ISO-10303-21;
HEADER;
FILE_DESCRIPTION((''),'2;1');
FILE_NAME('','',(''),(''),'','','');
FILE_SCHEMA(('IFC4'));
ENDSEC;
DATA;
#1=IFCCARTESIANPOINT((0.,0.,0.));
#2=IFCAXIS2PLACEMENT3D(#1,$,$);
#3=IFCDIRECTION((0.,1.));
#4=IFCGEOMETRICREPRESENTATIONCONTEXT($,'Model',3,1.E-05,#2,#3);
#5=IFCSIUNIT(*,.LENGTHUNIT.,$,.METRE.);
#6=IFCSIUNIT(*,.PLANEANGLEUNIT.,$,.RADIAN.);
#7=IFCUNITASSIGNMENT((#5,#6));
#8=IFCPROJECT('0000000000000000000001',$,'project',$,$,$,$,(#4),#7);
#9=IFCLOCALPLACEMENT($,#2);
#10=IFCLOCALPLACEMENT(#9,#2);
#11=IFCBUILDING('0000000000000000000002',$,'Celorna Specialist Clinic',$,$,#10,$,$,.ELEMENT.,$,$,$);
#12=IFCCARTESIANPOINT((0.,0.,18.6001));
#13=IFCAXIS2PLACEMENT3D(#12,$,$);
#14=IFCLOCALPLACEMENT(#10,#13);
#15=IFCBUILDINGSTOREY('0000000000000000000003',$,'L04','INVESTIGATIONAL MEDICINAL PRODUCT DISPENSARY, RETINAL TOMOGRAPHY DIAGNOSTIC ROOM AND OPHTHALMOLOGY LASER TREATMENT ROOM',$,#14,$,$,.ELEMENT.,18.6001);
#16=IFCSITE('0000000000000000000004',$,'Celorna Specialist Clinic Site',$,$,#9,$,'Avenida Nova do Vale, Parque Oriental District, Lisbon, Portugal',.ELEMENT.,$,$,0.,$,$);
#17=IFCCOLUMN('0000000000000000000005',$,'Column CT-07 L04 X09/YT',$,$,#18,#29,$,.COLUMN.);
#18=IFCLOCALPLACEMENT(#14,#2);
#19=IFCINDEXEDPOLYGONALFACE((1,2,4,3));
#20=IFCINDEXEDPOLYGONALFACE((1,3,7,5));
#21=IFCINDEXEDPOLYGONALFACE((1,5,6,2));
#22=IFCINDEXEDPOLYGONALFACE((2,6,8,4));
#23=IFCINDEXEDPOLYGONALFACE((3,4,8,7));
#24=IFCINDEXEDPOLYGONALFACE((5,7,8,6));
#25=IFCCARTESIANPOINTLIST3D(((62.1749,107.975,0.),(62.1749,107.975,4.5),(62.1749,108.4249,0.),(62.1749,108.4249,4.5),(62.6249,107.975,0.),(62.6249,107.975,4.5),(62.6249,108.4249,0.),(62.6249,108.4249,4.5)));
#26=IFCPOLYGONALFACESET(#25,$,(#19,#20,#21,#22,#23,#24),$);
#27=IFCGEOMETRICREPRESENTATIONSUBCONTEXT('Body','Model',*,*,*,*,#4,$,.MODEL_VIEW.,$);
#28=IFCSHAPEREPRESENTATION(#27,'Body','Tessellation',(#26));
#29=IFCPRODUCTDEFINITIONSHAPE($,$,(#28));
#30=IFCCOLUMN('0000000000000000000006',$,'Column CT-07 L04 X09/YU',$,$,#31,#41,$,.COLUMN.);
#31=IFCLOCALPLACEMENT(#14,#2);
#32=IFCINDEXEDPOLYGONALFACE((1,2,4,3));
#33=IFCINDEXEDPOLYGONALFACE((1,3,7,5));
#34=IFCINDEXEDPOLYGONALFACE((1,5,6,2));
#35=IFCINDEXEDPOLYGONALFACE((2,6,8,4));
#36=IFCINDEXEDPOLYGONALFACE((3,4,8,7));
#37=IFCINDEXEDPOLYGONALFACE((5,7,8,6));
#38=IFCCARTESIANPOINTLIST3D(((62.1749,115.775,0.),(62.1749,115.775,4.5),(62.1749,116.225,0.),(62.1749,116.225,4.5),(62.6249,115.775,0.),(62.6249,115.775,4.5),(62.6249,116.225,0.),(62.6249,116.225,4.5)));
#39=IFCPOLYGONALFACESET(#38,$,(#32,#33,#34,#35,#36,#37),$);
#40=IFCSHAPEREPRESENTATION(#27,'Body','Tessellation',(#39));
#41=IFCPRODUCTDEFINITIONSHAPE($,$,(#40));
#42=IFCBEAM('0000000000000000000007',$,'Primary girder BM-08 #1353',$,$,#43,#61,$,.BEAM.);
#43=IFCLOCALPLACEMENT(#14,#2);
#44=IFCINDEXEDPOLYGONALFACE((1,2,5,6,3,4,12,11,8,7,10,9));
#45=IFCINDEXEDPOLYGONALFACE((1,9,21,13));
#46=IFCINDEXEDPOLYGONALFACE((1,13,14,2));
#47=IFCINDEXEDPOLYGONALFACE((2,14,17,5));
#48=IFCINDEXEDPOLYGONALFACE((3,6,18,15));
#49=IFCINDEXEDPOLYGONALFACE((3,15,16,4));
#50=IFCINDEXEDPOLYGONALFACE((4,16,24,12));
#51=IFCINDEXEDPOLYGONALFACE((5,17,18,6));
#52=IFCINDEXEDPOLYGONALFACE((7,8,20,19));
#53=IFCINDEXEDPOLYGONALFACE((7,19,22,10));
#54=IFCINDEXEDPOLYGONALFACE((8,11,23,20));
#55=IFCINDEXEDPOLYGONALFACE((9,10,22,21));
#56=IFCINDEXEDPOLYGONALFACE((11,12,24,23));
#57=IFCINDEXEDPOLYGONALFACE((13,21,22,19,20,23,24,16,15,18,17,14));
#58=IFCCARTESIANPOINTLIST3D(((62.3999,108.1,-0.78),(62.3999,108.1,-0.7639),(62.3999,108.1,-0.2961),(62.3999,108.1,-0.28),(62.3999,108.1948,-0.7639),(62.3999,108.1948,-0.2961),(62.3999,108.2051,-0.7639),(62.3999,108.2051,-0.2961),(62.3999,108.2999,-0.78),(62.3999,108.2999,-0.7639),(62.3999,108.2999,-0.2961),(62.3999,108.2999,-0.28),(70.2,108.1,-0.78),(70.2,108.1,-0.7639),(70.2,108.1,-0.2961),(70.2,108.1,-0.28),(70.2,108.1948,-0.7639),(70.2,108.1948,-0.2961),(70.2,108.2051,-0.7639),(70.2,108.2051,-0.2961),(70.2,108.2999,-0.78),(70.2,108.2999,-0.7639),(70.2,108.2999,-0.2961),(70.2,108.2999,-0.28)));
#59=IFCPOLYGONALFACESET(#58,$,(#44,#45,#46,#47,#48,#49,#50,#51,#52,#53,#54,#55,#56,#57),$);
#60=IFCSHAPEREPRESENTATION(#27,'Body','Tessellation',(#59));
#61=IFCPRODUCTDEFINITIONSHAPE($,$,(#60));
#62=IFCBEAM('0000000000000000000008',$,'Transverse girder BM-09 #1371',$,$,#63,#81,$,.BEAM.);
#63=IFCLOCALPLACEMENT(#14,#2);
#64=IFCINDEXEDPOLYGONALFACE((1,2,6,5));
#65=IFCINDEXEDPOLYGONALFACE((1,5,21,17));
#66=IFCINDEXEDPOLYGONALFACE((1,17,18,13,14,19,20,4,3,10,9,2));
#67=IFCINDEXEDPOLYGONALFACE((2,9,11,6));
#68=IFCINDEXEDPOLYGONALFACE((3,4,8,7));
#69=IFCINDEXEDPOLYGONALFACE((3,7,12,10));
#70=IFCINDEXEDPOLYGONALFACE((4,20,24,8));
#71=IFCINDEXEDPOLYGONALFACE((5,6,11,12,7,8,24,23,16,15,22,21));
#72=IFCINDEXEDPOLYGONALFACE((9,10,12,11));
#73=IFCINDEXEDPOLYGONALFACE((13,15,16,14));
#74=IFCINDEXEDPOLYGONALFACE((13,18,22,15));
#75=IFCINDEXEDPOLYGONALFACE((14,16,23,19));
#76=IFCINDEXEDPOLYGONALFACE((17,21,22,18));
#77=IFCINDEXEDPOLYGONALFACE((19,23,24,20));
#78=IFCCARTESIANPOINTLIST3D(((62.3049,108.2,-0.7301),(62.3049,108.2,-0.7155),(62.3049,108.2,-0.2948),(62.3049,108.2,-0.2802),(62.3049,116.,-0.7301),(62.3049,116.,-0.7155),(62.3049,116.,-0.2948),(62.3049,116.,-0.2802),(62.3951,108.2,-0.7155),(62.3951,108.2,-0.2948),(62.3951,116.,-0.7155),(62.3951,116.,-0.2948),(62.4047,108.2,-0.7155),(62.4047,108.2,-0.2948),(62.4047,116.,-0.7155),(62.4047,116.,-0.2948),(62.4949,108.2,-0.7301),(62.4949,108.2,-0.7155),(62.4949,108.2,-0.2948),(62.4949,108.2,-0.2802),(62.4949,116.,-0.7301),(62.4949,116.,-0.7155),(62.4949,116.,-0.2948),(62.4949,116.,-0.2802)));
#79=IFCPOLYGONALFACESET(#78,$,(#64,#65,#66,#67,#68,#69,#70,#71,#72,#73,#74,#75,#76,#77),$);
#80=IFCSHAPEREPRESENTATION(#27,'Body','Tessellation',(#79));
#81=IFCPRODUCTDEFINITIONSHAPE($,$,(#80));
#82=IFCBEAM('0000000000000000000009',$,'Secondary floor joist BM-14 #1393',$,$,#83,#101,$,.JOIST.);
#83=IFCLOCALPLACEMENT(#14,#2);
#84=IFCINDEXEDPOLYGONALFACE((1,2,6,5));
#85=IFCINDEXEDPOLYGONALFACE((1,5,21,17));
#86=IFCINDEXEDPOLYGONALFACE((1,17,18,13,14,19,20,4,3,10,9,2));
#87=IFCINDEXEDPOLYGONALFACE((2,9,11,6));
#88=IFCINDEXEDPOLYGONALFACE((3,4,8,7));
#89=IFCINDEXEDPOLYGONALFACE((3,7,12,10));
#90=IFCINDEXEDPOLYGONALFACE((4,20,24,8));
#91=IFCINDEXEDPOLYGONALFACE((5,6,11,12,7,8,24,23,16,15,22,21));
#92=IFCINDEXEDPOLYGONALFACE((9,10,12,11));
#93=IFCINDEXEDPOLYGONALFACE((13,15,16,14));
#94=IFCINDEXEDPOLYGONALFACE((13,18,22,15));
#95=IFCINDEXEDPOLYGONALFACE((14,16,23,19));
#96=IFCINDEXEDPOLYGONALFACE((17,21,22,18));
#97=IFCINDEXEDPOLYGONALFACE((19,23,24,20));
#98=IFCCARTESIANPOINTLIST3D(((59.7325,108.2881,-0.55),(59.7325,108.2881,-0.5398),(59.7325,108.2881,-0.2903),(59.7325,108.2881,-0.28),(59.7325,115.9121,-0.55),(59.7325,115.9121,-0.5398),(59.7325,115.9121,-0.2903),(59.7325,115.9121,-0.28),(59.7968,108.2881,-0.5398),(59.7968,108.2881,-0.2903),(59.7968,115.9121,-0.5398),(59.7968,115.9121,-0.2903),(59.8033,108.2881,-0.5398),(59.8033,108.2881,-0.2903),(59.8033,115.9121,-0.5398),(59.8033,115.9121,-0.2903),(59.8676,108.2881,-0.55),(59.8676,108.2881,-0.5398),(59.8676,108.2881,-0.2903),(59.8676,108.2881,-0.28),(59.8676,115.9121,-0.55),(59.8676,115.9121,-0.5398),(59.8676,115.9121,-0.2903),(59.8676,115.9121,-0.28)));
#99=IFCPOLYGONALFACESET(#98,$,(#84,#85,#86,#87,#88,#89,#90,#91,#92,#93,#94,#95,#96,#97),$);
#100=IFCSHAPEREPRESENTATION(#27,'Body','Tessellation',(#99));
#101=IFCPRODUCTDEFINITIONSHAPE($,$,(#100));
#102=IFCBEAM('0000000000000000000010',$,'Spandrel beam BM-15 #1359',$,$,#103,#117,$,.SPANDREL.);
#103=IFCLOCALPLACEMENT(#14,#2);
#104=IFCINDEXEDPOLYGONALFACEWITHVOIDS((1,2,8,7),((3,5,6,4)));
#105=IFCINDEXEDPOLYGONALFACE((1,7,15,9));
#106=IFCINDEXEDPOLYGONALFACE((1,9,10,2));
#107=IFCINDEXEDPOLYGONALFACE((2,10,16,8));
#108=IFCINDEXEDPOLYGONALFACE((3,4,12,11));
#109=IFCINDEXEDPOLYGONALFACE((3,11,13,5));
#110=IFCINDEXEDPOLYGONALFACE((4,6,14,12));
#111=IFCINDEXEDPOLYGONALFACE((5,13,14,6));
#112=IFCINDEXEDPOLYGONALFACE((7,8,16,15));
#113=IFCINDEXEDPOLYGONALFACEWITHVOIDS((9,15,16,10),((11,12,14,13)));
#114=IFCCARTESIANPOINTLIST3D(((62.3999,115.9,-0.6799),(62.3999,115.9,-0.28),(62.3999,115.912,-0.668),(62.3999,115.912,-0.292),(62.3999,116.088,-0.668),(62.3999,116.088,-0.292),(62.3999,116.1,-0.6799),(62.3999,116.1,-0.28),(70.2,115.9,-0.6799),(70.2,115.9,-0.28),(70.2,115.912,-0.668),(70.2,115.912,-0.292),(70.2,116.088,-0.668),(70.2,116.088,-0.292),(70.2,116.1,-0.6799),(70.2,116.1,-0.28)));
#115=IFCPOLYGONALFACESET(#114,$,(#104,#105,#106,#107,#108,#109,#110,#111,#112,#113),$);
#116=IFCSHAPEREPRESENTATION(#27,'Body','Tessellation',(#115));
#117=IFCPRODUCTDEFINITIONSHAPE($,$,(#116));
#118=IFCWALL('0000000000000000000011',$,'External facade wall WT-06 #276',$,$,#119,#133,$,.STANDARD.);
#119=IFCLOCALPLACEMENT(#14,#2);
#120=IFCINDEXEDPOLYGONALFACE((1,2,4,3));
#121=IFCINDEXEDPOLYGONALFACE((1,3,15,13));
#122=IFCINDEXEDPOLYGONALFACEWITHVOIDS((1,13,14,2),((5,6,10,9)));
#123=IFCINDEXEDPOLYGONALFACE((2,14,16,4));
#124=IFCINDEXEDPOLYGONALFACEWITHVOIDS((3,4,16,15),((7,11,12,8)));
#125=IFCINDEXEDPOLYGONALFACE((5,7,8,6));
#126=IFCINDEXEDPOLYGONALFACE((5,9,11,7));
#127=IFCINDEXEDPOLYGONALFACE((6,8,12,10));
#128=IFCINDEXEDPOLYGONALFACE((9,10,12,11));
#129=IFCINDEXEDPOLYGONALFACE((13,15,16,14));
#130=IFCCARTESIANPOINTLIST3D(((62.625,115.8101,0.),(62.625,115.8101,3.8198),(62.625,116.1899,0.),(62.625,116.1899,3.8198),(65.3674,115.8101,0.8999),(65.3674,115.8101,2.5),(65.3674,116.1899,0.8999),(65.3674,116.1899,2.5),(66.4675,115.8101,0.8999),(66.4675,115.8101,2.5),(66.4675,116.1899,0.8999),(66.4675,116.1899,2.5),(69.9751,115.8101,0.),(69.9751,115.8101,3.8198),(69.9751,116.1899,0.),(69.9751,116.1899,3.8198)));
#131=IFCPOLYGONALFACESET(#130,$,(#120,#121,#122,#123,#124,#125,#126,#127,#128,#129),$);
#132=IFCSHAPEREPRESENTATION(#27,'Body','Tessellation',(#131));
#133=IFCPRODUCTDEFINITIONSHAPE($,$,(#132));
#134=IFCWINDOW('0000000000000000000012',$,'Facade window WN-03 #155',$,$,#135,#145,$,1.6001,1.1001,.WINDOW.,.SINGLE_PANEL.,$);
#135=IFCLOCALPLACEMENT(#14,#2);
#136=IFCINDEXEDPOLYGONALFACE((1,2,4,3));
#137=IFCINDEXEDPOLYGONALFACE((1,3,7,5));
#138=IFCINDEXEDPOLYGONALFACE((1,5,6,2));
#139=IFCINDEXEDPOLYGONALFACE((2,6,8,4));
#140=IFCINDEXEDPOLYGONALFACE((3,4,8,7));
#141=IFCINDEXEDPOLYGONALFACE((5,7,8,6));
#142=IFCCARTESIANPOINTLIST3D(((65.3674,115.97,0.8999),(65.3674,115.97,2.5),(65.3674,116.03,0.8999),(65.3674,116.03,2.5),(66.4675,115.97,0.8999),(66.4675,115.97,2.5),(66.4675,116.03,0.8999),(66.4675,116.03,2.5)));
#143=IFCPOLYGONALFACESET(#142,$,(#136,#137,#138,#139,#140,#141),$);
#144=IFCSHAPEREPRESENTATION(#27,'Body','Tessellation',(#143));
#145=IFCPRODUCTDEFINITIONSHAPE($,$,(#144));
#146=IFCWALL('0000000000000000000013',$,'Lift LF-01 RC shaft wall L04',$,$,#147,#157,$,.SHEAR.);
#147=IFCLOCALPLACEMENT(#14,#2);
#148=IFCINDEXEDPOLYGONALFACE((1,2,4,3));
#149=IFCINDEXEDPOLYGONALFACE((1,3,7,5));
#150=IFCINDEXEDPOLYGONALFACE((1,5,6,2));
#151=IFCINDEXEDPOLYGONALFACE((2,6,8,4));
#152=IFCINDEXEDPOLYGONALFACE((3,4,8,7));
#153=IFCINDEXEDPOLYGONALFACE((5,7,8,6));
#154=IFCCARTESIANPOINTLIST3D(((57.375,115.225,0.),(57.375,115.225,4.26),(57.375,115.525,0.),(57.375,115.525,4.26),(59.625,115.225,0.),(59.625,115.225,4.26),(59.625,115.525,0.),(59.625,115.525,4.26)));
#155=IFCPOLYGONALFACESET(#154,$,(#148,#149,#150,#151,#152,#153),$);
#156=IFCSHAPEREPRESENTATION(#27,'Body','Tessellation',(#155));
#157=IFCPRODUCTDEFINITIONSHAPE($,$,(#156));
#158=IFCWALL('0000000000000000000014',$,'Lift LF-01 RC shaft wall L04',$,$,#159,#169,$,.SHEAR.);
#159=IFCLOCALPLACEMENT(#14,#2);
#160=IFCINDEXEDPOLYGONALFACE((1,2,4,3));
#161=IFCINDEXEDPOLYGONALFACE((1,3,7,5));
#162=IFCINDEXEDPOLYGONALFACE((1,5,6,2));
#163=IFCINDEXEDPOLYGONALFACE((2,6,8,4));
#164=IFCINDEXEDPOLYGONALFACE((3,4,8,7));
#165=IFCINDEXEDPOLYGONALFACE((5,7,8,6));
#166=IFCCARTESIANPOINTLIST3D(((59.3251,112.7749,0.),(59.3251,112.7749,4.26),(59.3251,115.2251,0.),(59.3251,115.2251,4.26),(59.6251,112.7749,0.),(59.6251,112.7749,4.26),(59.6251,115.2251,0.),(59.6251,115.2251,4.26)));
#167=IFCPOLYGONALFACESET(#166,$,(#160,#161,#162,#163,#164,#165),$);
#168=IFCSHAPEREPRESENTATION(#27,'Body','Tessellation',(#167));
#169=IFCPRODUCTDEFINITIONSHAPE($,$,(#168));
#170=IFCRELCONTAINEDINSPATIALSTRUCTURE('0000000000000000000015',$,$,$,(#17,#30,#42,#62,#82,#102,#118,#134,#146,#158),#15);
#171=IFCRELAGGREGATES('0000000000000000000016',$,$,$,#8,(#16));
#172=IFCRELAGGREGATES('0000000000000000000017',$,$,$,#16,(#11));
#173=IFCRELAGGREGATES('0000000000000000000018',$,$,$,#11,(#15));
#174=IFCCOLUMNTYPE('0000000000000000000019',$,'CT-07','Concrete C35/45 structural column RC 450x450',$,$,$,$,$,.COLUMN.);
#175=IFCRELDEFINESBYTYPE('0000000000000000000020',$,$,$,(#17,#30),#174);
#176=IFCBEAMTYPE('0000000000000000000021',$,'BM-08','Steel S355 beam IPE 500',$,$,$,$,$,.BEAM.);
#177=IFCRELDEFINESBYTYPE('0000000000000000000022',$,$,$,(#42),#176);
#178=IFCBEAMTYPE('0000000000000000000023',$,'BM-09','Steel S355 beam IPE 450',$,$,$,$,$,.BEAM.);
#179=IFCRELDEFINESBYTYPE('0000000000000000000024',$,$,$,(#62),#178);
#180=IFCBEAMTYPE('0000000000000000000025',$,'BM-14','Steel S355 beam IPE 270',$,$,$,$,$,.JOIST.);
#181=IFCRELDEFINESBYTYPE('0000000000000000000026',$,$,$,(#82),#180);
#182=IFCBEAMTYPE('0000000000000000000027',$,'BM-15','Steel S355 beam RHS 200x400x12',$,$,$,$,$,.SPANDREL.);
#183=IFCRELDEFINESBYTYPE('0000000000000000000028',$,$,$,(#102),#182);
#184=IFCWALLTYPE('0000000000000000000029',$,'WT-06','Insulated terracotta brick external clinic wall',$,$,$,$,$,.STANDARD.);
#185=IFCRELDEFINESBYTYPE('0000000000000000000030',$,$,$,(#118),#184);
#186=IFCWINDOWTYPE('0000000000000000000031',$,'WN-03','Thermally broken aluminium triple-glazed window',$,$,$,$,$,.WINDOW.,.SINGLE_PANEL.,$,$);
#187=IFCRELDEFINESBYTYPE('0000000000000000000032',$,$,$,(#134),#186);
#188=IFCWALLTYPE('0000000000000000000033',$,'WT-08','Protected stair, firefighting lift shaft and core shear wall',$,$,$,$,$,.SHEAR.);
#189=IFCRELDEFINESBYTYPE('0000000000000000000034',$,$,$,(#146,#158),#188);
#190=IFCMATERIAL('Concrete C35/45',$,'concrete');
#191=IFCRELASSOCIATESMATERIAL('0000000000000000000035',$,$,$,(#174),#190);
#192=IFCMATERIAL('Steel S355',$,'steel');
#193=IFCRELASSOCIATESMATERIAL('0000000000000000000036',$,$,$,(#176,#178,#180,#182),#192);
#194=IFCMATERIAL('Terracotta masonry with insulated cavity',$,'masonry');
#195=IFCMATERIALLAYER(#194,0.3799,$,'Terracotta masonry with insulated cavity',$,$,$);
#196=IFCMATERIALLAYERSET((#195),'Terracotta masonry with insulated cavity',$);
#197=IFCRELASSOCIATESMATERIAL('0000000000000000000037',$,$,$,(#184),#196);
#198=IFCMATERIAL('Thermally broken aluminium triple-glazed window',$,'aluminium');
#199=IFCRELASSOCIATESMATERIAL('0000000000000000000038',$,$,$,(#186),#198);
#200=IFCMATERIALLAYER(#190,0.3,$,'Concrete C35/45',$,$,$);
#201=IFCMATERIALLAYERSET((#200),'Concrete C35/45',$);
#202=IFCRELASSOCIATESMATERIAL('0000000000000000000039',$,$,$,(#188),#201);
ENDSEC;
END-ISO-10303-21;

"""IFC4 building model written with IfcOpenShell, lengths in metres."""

from ifc_helpers import new_model, si_unit, direction, frame, frame_2d, origin, origin_2d, place, context, subcontext, project, spatial, rectangle, hollow_rectangle, i_section, extrude, material, layer, layer_set, material_profile, profile_set, type_object, element, fill, save


model = new_model("IFC4")

# Units and contexts
model_context = context("Model", 3, precision=1e-05, world=origin(), true_north=direction((0.0, 1.0)))
body_context = subcontext(model_context, "Body", "Model", "MODEL_VIEW")
ifc_project = project(units=[si_unit("LENGTHUNIT", "METRE"), si_unit("PLANEANGLEUNIT", "RADIAN")], contexts=[model_context])

# Site, building, storey
site_placement = place(None, origin())
site = spatial("IfcSite", under=ifc_project, at=site_placement, Name="Celorna Specialist Clinic Site", LongName="Avenida Nova do Vale, Parque Oriental District, Lisbon, Portugal", CompositionType="ELEMENT", RefElevation=0.0)
building_placement = place(site_placement, origin())
building = spatial("IfcBuilding", under=site, at=building_placement, Name="Celorna Specialist Clinic", CompositionType="ELEMENT")
storey_placement = place(building_placement, frame((0.0, 0.0, 18.6001)))
storey = spatial("IfcBuildingStorey", under=building, at=storey_placement, Name="L04", Description="INVESTIGATIONAL MEDICINAL PRODUCT DISPENSARY, RETINAL TOMOGRAPHY DIAGNOSTIC ROOM AND OPHTHALMOLOGY LASER TREATMENT ROOM", CompositionType="ELEMENT", Elevation=18.6001)

# Columns
ifc_material_1 = material(Name="Concrete C35/45", Category="concrete")
ifc_material_profile_1 = material_profile(ifc_material_1, rectangle(XDim=0.45, YDim=0.45, at=origin_2d()), Name="RC 450x450")
ifc_profile_set_1 = profile_set([ifc_material_profile_1], Name="Concrete C35/45")
column_type = type_object("IfcColumnType", Name="CT-07", Description="Concrete C35/45 structural column RC 450x450", PredefinedType="COLUMN", material=ifc_profile_set_1)
for number, where, z_axis, x_axis, name in (
    (1, (62.3999, 108.2, 0.0), (0.0, 0.0, 1.0), (1.0, 0.0, 0.0), "Column CT-07 L04 X09/YT"),
    (2, (62.3999, 116.0, 0.0), (0.0, 0.0, 1.0), (1.0, 0.0, 0.0), "Column CT-07 L04 X09/YU"),
):
    element("IfcColumn", number, at=place(storey_placement, frame(where, z_axis=z_axis, x_axis=x_axis)), inside=storey, type_object=column_type, Name=name, PredefinedType="COLUMN", context=body_context, shape_type="SweptSolid", body=[
        extrude(rectangle(XDim=0.45, YDim=0.45, at=origin_2d()), origin(), (0.0, 0.0, 1.0), 4.5),
    ])

# Beams
ifc_material_2 = material(Name="Steel S355", Category="steel")
ifc_material_profile_2 = material_profile(ifc_material_2, i_section(OverallWidth=0.2, OverallDepth=0.5, WebThickness=0.0103, FlangeThickness=0.0161, at=origin_2d()), Name="IPE 500")
ifc_profile_set_2 = profile_set([ifc_material_profile_2], Name="Steel S355")
beam_type_1 = type_object("IfcBeamType", Name="BM-08", Description="Steel S355 beam IPE 500", PredefinedType="BEAM", material=ifc_profile_set_2)
beam_1_placement = place(storey_placement, frame((62.3999, 108.2, -0.53), z_axis=(1.0, 0.0, 0.0), x_axis=(0.0, 1.0, 0.0)))
element("IfcBeam", 3, at=beam_1_placement, inside=storey, type_object=beam_type_1, Name="Primary girder BM-08 #1353", PredefinedType="BEAM", context=body_context, shape_type="SweptSolid", body=[
    extrude(i_section(OverallWidth=0.2, OverallDepth=0.5, WebThickness=0.0103, FlangeThickness=0.0161, at=origin_2d()), origin(), (0.0, 0.0, 1.0), 7.8),
])
ifc_material_profile_3 = material_profile(ifc_material_2, i_section(OverallWidth=0.1899, OverallDepth=0.45, WebThickness=0.0095, FlangeThickness=0.0146, at=origin_2d()), Name="IPE 450")
ifc_profile_set_3 = profile_set([ifc_material_profile_3], Name="Steel S355")
beam_type_2 = type_object("IfcBeamType", Name="BM-09", Description="Steel S355 beam IPE 450", PredefinedType="BEAM", material=ifc_profile_set_3)
beam_2_placement = place(storey_placement, frame((62.3999, 108.2, -0.5051), z_axis=(0.0, 1.0, 0.0), x_axis=(-1.0, 0.0, 0.0)))
element("IfcBeam", 4, at=beam_2_placement, inside=storey, type_object=beam_type_2, Name="Transverse girder BM-09 #1371", PredefinedType="BEAM", context=body_context, shape_type="SweptSolid", body=[
    extrude(i_section(OverallWidth=0.1899, OverallDepth=0.45, WebThickness=0.0095, FlangeThickness=0.0146, at=origin_2d()), origin(), (0.0, 0.0, 1.0), 7.8),
])
ifc_material_profile_4 = material_profile(ifc_material_2, i_section(OverallWidth=0.135, OverallDepth=0.27, WebThickness=0.0066, FlangeThickness=0.0103, at=origin_2d()), Name="IPE 270")
ifc_profile_set_4 = profile_set([ifc_material_profile_4], Name="Steel S355")
beam_type_3 = type_object("IfcBeamType", Name="BM-14", Description="Steel S355 beam IPE 270", PredefinedType="JOIST", material=ifc_profile_set_4)
beam_3_placement = place(storey_placement, frame((59.8, 108.2881, -0.415), z_axis=(0.0, 1.0, 0.0), x_axis=(-1.0, 0.0, 0.0)))
element("IfcBeam", 5, at=beam_3_placement, inside=storey, type_object=beam_type_3, Name="Secondary floor joist BM-14 #1393", PredefinedType="JOIST", context=body_context, shape_type="SweptSolid", body=[
    extrude(i_section(OverallWidth=0.135, OverallDepth=0.27, WebThickness=0.0066, FlangeThickness=0.0103, at=origin_2d()), origin(), (0.0, 0.0, 1.0), 7.624),
])
ifc_material_profile_5 = material_profile(ifc_material_2, hollow_rectangle(XDim=0.2, YDim=0.3999, WallThickness=0.012, at=origin_2d()), Name="RHS 200x400x12")
ifc_profile_set_5 = profile_set([ifc_material_profile_5], Name="Steel S355")
beam_type_4 = type_object("IfcBeamType", Name="BM-15", Description="Steel S355 beam RHS 200x400x12", PredefinedType="SPANDREL", material=ifc_profile_set_5)
beam_4_placement = place(storey_placement, frame((62.3999, 116.0, -0.48), z_axis=(1.0, 0.0, 0.0), x_axis=(0.0, 1.0, 0.0)))
element("IfcBeam", 6, at=beam_4_placement, inside=storey, type_object=beam_type_4, Name="Spandrel beam BM-15 #1359", PredefinedType="SPANDREL", context=body_context, shape_type="SweptSolid", body=[
    extrude(hollow_rectangle(XDim=0.2, YDim=0.3999, WallThickness=0.012, at=origin_2d()), origin(), (0.0, 0.0, 1.0), 7.8),
])

# Wall, opening, window
ifc_material_3 = material(Name="Terracotta masonry with insulated cavity", Category="masonry")
ifc_layer_1 = layer(ifc_material_3, 0.3799, Name="Terracotta masonry with insulated cavity")
ifc_layer_set_1 = layer_set([ifc_layer_1], Name="Terracotta masonry with insulated cavity")
wall_type_1 = type_object("IfcWallType", Name="WT-06", Description="Insulated terracotta brick external clinic wall", PredefinedType="STANDARD", material=ifc_layer_set_1)
wall_1_placement = place(storey_placement, frame((62.625, 116.0, 0.0), z_axis=(0.0, 0.0, 1.0), x_axis=(1.0, 0.0, 0.0)))
wall_1 = element("IfcWall", 7, at=wall_1_placement, inside=storey, type_object=wall_type_1, Name="External facade wall WT-06 #276", PredefinedType="STANDARD", context=body_context, shape_type="SweptSolid", body=[
    extrude(rectangle(XDim=7.3501, YDim=0.3799, at=frame_2d((3.675, 0.0))), origin(), (0.0, 0.0, 1.0), 3.8198),
])
opening_1_placement = place(wall_1_placement, frame((2.7424, 0.0, 0.8999)))
opening_1 = element("IfcOpeningElement", 8, at=opening_1_placement, cuts=wall_1, PredefinedType="OPENING", context=body_context, shape_type="SweptSolid", body=[
    extrude(rectangle(XDim=1.1001, YDim=1.6001, at=frame_2d((0.55, 0.8))), frame((0.0, 0.2, 0.0), z_axis=(0.0, -1.0, 0.0), x_axis=(1.0, 0.0, 0.0)), (0.0, 0.0, 1.0), 0.3999),
])
ifc_material_4 = material(Name="Thermally broken aluminium triple-glazed window", Category="aluminium")
window_type = type_object("IfcWindowType", Name="WN-03", Description="Thermally broken aluminium triple-glazed window", PartitioningType="SINGLE_PANEL", PredefinedType="WINDOW", material=ifc_material_4)
window_placement = place(opening_1_placement, origin())
window = element("IfcWindow", 9, at=window_placement, inside=storey, type_object=window_type, Name="Facade window WN-03 #155", OverallHeight=1.6001, OverallWidth=1.1001, PartitioningType="SINGLE_PANEL", PredefinedType="WINDOW", context=body_context, shape_type="SweptSolid", body=[
    extrude(rectangle(XDim=1.1001, YDim=1.6001, at=frame_2d((0.55, 0.8))), frame((0.0, 0.03, 0.0), z_axis=(0.0, -1.0, 0.0), x_axis=(1.0, 0.0, 0.0)), (0.0, 0.0, 1.0), 0.0601),
])
fill(opening_1, window)

# Walls
ifc_layer_2 = layer(ifc_material_1, 0.3, Name="Concrete C35/45")
ifc_layer_set_2 = layer_set([ifc_layer_2], Name="Concrete C35/45")
wall_type_2 = type_object("IfcWallType", Name="WT-08", Description="Protected stair, firefighting lift shaft and core shear wall", PredefinedType="SHEAR", material=ifc_layer_set_2)
wall_2_placement = place(storey_placement, frame((59.625, 115.375, 0.0), z_axis=(0.0, 0.0, 1.0), x_axis=(-1.0, 0.0, 0.0)))
element("IfcWall", 10, at=wall_2_placement, inside=storey, type_object=wall_type_2, Name="Lift LF-01 RC shaft wall L04", PredefinedType="SHEAR", context=body_context, shape_type="SweptSolid", body=[
    extrude(rectangle(XDim=2.25, YDim=0.3, at=frame_2d((1.125, 0.0))), origin(), (0.0, 0.0, 1.0), 4.26),
])
wall_3_placement = place(storey_placement, frame((59.4751, 112.7749, 0.0), z_axis=(0.0, 0.0, 1.0), x_axis=(0.0, 1.0, 0.0)))
element("IfcWall", 11, at=wall_3_placement, inside=storey, type_object=wall_type_2, Name="Lift LF-01 RC shaft wall L04", PredefinedType="SHEAR", context=body_context, shape_type="SweptSolid", body=[
    extrude(rectangle(XDim=2.4502, YDim=0.3, at=frame_2d((1.2251, 0.0))), origin(), (0.0, 0.0, 1.0), 4.26),
])

save(model, "model.ifc")
